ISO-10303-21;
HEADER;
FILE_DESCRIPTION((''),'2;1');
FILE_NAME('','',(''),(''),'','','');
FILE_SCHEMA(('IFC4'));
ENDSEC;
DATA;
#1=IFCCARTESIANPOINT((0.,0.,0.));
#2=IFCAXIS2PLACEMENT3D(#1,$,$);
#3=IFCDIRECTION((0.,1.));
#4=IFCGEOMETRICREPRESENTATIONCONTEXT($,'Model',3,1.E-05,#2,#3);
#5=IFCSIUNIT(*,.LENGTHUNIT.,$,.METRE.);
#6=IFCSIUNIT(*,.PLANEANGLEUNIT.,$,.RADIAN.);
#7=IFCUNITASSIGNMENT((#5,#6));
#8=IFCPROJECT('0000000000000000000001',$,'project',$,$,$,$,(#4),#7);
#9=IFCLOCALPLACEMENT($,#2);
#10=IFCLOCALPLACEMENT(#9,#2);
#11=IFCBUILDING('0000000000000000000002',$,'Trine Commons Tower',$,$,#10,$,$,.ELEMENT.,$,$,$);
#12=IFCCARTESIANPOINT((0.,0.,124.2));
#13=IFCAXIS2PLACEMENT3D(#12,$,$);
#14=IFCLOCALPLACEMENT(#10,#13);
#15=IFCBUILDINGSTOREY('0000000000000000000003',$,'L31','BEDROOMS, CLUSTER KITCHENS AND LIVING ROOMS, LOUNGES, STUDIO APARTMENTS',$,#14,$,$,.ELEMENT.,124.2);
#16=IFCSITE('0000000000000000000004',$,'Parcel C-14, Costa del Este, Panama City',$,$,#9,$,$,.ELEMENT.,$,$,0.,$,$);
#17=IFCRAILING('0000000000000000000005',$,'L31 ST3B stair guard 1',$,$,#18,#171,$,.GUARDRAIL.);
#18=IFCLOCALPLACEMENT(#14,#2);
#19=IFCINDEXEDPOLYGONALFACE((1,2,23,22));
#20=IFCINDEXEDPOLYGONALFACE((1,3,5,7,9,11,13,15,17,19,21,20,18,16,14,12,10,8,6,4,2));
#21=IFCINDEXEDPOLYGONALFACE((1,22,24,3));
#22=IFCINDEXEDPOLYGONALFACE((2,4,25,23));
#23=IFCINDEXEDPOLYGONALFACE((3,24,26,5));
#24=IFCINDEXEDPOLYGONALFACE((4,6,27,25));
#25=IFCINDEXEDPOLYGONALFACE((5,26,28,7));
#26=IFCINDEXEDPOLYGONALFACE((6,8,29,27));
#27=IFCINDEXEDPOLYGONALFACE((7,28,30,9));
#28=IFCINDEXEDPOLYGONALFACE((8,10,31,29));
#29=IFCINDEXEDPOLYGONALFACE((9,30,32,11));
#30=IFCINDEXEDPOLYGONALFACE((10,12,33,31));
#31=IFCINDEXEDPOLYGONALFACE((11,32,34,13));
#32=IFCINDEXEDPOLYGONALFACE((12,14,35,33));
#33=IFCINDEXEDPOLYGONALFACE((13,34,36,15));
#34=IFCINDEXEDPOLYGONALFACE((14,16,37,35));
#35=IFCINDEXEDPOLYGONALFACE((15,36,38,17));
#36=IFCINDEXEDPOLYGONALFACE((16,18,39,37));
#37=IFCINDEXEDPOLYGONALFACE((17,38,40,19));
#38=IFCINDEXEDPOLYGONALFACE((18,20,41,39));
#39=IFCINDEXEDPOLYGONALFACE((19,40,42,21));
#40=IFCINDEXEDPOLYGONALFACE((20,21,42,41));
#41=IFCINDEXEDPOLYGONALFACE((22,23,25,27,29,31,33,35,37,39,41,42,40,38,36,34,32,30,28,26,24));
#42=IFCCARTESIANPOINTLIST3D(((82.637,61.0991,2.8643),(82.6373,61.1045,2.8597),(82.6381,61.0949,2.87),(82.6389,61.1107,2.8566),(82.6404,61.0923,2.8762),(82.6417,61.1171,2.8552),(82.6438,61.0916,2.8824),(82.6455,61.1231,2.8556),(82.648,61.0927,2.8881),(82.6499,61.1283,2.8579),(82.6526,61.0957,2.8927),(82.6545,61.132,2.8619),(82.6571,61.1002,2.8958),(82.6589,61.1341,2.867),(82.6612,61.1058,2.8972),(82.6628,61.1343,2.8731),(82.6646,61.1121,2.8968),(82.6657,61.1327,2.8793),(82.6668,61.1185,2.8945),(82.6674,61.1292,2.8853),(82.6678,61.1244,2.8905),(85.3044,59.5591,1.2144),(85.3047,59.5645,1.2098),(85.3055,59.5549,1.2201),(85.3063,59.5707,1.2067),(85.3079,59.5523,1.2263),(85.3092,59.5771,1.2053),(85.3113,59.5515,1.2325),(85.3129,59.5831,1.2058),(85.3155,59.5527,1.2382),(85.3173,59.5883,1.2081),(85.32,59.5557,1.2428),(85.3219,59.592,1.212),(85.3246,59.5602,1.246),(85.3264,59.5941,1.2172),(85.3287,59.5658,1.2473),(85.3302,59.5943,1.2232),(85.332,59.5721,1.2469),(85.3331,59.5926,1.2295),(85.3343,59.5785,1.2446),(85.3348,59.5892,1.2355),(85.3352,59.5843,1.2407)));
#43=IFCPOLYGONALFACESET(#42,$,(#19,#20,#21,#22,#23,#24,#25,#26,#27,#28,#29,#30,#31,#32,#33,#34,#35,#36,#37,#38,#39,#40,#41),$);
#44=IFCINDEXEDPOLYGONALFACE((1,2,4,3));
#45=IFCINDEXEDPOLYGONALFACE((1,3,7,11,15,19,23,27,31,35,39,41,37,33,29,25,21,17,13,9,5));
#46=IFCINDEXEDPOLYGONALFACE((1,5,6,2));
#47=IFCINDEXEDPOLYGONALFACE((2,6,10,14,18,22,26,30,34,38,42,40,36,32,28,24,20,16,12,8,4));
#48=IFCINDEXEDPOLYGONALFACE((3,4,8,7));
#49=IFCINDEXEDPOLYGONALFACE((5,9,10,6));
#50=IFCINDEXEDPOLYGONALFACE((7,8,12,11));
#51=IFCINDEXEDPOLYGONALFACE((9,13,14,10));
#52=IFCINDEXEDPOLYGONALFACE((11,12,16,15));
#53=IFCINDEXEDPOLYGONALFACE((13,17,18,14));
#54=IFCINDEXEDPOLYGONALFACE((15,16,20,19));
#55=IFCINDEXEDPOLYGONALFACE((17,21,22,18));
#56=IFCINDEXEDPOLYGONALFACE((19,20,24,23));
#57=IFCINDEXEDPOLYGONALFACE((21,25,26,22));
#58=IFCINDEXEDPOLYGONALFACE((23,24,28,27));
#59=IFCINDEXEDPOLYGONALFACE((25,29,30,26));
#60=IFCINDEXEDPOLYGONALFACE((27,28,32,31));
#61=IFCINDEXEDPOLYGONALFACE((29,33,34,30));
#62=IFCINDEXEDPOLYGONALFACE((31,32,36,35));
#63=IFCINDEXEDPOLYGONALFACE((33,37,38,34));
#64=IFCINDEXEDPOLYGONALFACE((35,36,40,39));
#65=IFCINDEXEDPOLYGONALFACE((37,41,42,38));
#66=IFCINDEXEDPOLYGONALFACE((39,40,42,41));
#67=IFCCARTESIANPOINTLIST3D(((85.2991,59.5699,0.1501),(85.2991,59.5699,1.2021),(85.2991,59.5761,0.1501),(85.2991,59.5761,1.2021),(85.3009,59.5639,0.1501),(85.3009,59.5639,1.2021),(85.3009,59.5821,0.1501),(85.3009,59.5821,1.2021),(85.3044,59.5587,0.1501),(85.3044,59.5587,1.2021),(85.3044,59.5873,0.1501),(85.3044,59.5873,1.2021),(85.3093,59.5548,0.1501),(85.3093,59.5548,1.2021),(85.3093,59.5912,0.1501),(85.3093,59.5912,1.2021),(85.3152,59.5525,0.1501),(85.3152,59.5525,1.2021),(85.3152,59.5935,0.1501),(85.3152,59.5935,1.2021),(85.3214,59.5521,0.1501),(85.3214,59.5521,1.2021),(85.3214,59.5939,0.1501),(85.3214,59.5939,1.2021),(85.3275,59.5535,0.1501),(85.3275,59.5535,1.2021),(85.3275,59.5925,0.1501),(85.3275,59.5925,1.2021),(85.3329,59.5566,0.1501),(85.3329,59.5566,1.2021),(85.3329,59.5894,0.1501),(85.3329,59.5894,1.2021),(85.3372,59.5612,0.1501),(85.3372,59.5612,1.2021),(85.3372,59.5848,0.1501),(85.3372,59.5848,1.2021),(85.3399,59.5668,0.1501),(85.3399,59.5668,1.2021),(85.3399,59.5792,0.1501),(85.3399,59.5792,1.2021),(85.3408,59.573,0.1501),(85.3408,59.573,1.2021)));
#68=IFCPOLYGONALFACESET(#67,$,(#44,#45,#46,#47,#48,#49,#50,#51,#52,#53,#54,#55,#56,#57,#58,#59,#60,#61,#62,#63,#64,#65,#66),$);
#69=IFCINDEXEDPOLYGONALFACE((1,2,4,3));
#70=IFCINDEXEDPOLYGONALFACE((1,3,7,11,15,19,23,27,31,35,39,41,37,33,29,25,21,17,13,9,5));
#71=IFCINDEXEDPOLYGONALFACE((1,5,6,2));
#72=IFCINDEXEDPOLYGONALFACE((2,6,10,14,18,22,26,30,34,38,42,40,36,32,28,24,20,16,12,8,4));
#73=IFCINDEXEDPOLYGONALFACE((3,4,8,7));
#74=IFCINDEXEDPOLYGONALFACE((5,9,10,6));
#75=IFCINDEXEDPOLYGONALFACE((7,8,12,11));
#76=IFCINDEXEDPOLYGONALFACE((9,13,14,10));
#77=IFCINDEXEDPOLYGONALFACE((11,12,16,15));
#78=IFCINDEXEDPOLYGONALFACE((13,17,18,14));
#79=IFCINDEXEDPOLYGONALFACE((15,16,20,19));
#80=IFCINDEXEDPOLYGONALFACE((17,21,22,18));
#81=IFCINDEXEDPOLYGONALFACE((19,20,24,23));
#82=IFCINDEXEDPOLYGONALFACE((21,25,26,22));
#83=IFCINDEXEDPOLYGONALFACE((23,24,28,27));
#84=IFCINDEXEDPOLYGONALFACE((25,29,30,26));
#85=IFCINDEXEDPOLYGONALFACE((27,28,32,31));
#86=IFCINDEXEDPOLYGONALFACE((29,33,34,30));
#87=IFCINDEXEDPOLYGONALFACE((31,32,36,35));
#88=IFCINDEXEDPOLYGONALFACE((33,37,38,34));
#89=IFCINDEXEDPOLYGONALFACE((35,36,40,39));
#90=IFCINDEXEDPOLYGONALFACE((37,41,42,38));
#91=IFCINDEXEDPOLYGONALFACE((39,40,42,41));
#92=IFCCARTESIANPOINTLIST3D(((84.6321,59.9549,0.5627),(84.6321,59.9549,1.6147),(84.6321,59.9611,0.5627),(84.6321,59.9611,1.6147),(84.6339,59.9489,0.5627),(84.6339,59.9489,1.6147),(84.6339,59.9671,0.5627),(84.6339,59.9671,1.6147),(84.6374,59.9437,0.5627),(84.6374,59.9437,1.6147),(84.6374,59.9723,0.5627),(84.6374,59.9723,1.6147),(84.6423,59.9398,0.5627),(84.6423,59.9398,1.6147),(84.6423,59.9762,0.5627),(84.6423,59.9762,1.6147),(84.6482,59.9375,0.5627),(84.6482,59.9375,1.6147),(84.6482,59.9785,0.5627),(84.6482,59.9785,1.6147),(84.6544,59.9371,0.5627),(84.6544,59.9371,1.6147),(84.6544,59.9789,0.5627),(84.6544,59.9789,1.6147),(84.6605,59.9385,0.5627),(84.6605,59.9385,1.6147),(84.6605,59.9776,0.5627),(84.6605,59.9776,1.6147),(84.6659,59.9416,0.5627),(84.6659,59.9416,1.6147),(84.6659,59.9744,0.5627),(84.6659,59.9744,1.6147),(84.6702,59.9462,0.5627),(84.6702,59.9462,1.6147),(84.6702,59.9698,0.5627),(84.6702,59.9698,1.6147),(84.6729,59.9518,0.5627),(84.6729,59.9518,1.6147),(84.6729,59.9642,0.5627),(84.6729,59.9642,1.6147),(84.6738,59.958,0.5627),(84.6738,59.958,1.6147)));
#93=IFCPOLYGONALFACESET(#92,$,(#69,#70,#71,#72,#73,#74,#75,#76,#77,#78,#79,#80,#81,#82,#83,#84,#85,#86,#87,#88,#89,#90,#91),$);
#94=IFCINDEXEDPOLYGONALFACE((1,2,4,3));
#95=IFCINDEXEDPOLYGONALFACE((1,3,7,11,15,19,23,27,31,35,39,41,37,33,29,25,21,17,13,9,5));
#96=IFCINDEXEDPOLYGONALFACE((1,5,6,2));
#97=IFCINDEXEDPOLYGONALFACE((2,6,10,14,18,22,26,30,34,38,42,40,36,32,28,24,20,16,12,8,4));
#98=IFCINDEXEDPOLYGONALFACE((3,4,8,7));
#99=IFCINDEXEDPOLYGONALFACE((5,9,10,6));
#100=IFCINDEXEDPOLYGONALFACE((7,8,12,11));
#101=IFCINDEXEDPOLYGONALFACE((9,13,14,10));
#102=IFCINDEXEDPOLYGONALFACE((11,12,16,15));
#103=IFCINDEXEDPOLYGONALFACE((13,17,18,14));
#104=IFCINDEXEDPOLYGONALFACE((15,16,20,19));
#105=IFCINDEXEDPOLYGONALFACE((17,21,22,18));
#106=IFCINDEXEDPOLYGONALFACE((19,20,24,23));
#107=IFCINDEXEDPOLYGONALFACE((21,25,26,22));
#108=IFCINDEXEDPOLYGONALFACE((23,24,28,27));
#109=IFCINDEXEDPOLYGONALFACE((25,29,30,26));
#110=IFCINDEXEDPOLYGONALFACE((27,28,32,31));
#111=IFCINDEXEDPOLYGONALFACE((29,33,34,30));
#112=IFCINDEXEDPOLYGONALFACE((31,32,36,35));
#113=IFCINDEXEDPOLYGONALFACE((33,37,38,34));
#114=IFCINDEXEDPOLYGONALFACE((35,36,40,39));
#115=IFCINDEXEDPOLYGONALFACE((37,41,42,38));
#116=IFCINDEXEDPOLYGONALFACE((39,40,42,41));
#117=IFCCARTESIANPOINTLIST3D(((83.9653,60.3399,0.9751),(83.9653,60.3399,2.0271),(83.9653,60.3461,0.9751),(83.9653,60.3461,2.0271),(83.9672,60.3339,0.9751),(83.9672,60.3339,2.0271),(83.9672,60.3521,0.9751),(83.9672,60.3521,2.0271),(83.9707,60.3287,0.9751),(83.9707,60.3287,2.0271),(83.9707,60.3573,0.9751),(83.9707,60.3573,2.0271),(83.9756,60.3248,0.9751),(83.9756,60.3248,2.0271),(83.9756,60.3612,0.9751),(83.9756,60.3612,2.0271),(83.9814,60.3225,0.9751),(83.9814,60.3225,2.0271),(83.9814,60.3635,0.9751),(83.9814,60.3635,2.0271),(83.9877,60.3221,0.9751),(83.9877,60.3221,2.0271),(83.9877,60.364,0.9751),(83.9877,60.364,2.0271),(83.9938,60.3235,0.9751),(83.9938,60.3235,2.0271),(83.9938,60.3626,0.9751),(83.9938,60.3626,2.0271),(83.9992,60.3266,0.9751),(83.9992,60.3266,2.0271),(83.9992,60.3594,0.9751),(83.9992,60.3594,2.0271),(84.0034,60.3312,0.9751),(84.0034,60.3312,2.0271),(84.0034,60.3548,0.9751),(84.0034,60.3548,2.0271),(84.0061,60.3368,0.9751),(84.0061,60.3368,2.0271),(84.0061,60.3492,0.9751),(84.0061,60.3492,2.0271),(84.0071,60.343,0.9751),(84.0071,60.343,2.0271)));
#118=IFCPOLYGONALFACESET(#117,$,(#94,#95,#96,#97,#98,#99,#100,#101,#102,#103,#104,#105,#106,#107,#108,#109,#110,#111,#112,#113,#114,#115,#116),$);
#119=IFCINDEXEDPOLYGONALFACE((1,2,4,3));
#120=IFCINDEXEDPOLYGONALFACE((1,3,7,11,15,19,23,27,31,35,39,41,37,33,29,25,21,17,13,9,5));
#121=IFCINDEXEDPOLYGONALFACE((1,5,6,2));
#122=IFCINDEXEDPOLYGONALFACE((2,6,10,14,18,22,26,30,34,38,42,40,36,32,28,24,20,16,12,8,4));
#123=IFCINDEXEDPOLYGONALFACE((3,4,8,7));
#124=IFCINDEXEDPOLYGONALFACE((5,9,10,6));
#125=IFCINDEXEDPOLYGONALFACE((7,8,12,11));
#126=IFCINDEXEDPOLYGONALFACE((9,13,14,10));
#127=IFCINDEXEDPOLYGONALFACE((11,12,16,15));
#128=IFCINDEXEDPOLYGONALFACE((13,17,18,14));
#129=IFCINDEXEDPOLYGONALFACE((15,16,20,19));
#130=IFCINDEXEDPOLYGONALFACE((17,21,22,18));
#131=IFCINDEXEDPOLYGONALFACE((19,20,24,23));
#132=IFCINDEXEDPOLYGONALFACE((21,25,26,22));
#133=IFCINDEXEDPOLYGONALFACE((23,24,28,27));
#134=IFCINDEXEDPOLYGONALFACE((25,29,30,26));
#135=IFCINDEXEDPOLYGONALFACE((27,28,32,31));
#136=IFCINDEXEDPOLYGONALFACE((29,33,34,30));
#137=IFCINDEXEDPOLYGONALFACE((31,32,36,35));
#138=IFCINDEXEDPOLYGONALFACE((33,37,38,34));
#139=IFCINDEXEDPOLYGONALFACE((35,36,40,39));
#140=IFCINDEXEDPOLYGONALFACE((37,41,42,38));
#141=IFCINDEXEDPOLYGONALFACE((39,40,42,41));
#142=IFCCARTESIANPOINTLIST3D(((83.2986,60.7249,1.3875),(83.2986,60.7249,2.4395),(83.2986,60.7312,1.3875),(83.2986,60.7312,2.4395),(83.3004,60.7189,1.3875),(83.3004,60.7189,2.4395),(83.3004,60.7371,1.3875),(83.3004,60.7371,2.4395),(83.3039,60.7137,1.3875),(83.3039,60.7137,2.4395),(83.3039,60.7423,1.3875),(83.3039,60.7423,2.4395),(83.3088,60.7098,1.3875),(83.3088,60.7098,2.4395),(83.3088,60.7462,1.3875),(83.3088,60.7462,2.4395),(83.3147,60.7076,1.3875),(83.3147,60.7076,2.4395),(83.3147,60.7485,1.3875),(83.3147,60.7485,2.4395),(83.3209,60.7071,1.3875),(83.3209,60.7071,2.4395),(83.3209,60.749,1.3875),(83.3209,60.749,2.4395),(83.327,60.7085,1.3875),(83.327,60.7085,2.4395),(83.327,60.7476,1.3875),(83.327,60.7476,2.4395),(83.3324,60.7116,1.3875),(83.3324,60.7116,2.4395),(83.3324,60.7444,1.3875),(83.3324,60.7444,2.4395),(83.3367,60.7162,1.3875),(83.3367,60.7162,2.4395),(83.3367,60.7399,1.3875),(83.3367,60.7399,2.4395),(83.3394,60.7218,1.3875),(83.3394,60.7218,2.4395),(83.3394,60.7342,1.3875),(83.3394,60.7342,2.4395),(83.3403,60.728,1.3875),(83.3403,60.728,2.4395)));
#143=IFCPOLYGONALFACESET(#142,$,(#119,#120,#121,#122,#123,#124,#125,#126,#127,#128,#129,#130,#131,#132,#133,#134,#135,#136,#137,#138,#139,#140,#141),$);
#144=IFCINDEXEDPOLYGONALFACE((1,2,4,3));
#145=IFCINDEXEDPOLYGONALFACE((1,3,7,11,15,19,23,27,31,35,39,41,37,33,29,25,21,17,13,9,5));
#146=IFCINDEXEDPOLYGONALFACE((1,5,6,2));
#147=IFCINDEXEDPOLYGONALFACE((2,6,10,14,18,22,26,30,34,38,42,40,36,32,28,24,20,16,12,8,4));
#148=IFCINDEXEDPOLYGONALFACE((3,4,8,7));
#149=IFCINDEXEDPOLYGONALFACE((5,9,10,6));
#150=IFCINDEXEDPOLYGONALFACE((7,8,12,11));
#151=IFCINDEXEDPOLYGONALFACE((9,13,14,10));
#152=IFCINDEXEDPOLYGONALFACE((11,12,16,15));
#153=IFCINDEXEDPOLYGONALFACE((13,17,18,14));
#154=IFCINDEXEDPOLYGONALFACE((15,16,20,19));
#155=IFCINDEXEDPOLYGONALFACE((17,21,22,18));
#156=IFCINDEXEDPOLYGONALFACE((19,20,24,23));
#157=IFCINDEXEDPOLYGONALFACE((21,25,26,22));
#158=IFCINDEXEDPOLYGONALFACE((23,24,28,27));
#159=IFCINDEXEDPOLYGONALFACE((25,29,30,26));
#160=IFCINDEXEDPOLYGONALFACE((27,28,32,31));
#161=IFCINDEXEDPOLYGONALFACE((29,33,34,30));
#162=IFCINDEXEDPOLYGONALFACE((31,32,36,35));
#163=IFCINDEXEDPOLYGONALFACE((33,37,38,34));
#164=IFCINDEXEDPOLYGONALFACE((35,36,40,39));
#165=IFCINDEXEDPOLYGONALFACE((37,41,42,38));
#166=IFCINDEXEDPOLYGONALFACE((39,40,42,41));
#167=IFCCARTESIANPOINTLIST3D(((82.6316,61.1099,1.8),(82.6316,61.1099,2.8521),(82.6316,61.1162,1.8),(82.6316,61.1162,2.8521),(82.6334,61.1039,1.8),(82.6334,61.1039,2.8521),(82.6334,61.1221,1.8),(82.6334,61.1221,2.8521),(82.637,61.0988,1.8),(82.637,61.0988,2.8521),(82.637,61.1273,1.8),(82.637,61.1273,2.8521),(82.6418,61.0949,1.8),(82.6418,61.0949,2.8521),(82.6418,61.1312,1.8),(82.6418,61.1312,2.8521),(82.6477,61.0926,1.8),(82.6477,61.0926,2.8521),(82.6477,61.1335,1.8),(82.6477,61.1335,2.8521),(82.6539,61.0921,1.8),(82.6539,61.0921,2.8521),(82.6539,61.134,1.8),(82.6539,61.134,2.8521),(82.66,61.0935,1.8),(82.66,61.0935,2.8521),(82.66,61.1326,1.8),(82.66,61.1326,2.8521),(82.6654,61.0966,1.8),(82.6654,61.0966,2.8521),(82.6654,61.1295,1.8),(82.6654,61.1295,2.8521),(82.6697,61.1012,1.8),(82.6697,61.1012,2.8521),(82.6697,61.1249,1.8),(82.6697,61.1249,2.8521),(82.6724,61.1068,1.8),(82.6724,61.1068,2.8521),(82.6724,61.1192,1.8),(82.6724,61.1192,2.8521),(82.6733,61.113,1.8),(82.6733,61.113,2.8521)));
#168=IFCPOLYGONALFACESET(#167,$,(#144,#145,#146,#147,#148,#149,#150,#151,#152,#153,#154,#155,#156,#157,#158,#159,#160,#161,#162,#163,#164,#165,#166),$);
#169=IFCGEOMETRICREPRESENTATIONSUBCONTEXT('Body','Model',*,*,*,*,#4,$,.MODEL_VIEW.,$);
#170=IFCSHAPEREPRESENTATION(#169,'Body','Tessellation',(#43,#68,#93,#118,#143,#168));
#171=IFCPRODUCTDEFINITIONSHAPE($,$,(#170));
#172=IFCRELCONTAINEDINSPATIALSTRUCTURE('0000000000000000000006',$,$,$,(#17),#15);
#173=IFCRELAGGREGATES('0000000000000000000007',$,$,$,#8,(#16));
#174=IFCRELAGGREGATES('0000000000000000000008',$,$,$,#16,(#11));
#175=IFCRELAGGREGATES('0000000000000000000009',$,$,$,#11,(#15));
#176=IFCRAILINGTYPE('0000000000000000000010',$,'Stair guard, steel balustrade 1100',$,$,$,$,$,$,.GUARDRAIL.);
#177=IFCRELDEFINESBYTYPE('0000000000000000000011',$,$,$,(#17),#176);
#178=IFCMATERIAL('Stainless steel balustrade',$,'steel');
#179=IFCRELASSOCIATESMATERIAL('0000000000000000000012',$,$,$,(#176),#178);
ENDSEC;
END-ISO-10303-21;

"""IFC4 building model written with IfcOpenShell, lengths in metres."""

from ifc_helpers import new_model, si_unit, direction, frame, origin, origin_2d, place, context, subcontext, project, spatial, circle, extrude, material, type_object, element, save


model = new_model("IFC4")

# Units and contexts
model_context = context("Model", 3, precision=1e-05, world=origin(), true_north=direction((0.0, 1.0)))
body_context = subcontext(model_context, "Body", "Model", "MODEL_VIEW")
ifc_project = project(units=[si_unit("LENGTHUNIT", "METRE"), si_unit("PLANEANGLEUNIT", "RADIAN")], contexts=[model_context])

# Site, building, storey
site_placement = place(None, origin())
site = spatial("IfcSite", under=ifc_project, at=site_placement, Name="Parcel C-14, Costa del Este, Panama City", CompositionType="ELEMENT", RefElevation=0.0)
building_placement = place(site_placement, origin())
building = spatial("IfcBuilding", under=site, at=building_placement, Name="Trine Commons Tower", CompositionType="ELEMENT")
storey_placement = place(building_placement, frame((0.0, 0.0, 124.2)))
storey = spatial("IfcBuildingStorey", under=building, at=storey_placement, Name="L31", Description="BEDROOMS, CLUSTER KITCHENS AND LIVING ROOMS, LOUNGES, STUDIO APARTMENTS", CompositionType="ELEMENT", Elevation=124.2)

# Railing
ifc_material_1 = material(Name="Stainless steel balustrade", Category="steel")
railing_type_1 = type_object("IfcRailingType", Name="Stair guard, steel balustrade 1100", PredefinedType="GUARDRAIL", material=ifc_material_1)
railing_1_placement = place(storey_placement, frame((85.3198, 59.573, 0.1501)))
element("IfcRailing", 1, at=railing_1_placement, inside=storey, type_object=railing_type_1, Name="L31 ST3B stair guard 1", PredefinedType="GUARDRAIL", context=body_context, shape_type="SweptSolid", body=[
    extrude(circle(Radius=0.0239, at=origin_2d()), frame((0.0, 0.0, 1.0762), z_axis=(-0.763405, 0.440743, 0.472185), x_axis=(-0.499992, -0.86603, 0.0)), (0.0, 0.0, 1.0), 3.4941),
    extrude(circle(Radius=0.021, at=origin_2d()), origin(), (0.0, 0.0, 1.0), 1.052),
    extrude(circle(Radius=0.021, at=origin_2d()), frame((-0.667, 0.385, 0.4126)), (0.0, 0.0, 1.0), 1.052),
    extrude(circle(Radius=0.021, at=origin_2d()), frame((-1.3337, 0.77, 0.825)), (0.0, 0.0, 1.0), 1.052),
    extrude(circle(Radius=0.021, at=origin_2d()), frame((-2.0005, 1.155, 1.2373)), (0.0, 0.0, 1.0), 1.052),
    extrude(circle(Radius=0.021, at=origin_2d()), frame((-2.6675, 1.54, 1.6499)), (0.0, 0.0, 1.0), 1.052),
])

save(model, "model.ifc")
